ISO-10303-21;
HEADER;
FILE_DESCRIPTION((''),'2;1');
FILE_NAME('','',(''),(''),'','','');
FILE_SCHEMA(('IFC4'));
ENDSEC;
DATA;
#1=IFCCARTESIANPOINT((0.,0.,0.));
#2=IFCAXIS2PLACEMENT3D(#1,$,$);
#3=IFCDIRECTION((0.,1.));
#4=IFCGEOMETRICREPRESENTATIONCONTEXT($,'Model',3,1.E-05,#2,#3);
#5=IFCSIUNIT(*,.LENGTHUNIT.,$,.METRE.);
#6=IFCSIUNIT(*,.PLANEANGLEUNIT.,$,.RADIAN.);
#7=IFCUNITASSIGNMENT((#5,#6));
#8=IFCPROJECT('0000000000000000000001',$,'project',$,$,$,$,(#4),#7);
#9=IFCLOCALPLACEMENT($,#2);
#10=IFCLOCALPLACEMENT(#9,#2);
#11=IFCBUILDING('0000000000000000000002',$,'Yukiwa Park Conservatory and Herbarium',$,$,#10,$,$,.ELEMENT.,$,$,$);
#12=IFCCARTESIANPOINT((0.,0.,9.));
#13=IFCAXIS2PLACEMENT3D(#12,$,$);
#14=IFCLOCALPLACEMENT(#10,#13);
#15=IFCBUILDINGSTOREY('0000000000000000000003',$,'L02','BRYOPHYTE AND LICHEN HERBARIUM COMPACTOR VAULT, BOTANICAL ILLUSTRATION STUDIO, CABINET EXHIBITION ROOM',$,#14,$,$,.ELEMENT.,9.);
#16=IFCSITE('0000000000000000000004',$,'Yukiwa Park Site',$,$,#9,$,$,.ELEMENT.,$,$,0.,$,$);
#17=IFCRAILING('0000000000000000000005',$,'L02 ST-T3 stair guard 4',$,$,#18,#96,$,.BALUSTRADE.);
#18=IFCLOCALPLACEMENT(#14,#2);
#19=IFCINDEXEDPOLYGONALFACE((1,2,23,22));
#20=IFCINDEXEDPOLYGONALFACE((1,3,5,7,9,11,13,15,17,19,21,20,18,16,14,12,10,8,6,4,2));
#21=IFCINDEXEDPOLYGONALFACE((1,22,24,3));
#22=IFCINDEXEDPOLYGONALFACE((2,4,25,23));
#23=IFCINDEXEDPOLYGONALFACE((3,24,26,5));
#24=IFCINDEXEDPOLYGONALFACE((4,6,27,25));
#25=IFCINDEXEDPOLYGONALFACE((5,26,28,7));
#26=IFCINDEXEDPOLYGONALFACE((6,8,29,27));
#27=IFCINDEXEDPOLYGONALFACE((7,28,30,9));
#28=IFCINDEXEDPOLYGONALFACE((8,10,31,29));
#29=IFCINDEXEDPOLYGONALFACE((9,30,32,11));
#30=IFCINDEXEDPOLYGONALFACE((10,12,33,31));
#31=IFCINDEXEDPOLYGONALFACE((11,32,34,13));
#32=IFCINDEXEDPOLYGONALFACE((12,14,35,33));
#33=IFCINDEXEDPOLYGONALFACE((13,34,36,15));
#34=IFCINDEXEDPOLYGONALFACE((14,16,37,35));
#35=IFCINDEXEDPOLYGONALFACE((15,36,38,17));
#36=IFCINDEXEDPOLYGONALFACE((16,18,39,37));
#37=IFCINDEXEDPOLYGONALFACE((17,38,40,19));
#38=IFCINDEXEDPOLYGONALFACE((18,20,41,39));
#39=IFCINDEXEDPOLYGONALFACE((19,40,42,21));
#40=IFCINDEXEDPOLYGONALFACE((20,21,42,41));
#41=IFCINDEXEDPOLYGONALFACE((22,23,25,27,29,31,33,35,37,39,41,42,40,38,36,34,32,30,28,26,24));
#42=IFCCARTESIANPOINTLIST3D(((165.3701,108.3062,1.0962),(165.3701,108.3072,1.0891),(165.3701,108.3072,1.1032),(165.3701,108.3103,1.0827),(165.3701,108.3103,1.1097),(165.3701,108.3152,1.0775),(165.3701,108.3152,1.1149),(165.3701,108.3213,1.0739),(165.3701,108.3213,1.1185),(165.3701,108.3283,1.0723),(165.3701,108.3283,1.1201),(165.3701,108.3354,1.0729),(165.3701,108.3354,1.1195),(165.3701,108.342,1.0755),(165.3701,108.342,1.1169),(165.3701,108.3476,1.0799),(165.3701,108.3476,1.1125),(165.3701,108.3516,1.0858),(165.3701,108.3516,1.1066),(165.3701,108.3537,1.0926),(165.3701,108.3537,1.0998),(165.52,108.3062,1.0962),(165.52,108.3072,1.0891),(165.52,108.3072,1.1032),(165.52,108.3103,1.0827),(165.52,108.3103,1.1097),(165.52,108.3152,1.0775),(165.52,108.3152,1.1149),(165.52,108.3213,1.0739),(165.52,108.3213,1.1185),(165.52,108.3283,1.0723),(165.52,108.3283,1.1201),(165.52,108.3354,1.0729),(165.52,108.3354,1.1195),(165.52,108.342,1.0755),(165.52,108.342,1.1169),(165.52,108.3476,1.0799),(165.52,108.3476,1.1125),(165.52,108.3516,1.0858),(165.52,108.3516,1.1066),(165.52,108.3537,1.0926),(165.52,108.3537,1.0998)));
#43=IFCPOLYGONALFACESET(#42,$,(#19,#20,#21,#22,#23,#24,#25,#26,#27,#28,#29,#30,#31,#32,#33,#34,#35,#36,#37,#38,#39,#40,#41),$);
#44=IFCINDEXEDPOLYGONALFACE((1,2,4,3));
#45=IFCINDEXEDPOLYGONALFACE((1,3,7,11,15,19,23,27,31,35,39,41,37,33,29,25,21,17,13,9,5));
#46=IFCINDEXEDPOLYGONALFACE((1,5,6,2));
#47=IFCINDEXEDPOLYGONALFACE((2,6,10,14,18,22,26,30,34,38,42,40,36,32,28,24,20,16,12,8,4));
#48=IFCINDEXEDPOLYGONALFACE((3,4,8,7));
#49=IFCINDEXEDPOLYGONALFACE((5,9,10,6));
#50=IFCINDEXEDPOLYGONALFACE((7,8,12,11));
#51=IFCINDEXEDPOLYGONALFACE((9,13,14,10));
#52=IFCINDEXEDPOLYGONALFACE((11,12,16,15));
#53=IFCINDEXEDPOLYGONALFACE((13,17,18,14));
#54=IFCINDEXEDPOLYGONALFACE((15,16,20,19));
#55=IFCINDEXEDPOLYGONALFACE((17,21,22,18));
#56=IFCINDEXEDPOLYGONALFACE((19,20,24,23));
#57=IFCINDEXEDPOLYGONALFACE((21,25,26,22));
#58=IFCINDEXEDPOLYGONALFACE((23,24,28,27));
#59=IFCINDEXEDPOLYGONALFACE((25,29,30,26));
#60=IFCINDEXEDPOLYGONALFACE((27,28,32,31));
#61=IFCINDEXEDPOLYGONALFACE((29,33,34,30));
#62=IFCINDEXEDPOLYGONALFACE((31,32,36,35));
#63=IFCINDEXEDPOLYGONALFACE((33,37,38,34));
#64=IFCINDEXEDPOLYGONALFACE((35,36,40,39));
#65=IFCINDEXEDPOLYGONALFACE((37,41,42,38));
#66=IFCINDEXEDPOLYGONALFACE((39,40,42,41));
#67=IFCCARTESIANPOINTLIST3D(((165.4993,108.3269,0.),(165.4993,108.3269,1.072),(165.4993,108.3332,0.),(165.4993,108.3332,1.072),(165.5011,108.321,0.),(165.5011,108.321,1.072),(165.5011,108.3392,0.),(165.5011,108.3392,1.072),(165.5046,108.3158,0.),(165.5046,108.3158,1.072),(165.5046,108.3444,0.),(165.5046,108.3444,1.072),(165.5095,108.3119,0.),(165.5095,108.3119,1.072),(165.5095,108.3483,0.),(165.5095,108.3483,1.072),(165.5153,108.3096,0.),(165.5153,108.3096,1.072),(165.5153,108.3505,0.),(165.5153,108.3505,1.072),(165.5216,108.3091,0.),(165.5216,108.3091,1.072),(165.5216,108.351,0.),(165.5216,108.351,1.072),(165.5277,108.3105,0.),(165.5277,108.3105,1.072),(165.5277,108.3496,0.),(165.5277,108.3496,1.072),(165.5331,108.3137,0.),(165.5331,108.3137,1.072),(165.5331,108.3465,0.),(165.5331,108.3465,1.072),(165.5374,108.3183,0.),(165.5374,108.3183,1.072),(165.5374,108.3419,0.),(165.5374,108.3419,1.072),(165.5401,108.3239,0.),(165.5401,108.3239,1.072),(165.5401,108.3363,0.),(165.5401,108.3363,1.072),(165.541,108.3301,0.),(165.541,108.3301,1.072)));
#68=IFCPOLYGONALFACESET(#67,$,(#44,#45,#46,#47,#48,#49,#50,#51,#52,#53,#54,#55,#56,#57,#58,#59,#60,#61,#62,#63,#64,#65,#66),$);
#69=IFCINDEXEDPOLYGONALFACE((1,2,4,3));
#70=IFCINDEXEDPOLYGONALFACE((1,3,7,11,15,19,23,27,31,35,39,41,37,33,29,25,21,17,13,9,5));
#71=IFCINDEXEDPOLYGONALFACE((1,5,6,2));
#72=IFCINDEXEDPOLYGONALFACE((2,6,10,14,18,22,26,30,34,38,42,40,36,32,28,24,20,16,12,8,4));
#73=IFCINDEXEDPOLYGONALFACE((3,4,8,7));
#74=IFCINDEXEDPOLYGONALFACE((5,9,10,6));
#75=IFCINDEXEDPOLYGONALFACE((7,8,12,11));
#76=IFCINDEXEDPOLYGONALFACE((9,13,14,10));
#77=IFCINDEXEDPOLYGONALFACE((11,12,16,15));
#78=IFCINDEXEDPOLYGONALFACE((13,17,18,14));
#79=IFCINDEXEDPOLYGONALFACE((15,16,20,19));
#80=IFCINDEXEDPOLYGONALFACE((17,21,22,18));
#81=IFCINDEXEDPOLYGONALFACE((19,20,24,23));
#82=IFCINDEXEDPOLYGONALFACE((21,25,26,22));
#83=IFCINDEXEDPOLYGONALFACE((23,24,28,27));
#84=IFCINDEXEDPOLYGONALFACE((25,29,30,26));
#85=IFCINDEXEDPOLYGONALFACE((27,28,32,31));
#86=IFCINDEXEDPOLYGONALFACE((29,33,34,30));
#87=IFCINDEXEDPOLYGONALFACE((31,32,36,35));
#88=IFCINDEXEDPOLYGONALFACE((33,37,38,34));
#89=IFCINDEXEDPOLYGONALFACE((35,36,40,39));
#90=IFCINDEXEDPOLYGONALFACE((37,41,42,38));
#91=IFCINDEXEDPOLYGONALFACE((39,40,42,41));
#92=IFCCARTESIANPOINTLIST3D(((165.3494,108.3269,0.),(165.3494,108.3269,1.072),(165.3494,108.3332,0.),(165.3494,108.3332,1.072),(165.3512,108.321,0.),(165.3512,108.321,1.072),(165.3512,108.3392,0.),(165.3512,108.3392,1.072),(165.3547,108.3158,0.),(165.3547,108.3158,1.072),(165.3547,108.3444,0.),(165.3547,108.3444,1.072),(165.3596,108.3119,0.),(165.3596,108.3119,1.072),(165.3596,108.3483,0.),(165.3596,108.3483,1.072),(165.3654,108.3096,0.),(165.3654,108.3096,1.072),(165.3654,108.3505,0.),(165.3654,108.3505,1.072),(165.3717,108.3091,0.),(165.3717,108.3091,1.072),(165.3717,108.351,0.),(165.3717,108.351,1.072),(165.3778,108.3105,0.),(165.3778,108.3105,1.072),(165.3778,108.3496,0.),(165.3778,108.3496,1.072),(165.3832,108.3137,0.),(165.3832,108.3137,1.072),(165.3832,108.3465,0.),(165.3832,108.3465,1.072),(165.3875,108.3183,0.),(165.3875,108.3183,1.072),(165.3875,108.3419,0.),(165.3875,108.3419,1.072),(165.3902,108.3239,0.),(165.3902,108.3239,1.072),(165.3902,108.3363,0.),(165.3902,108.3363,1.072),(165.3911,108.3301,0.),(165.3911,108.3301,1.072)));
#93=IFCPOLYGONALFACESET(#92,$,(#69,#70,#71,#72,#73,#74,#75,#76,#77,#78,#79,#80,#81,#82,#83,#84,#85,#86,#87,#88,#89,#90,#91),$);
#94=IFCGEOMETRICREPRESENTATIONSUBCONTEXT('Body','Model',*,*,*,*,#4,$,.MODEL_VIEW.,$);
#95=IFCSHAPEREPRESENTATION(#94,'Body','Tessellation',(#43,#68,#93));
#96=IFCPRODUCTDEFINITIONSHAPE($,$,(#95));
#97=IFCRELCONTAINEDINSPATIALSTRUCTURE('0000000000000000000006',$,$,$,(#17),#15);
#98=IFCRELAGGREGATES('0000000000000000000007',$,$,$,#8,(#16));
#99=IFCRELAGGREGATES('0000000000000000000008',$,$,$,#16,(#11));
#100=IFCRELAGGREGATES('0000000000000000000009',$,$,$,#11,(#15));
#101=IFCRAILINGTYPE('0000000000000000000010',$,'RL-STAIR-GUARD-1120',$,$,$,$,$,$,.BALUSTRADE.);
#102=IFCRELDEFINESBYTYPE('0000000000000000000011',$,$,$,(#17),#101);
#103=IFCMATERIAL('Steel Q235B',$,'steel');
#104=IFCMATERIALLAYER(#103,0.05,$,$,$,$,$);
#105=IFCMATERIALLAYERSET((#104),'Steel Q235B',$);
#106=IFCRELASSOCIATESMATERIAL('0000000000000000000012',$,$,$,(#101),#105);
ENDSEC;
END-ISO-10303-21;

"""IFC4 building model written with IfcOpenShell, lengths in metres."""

from ifc_helpers import new_model, si_unit, direction, frame, origin, origin_2d, place, context, subcontext, project, spatial, circle, extrude, material, layer, layer_set, type_object, element, save


model = new_model("IFC4")

# Units and contexts
model_context = context("Model", 3, precision=1e-05, world=origin(), true_north=direction((0.0, 1.0)))
body_context = subcontext(model_context, "Body", "Model", "MODEL_VIEW")
ifc_project = project(units=[si_unit("LENGTHUNIT", "METRE"), si_unit("PLANEANGLEUNIT", "RADIAN")], contexts=[model_context])

# Site, building, storey
site_placement = place(None, origin())
site = spatial("IfcSite", under=ifc_project, at=site_placement, Name="Yukiwa Park Site", CompositionType="ELEMENT", RefElevation=0.0)
building_placement = place(site_placement, origin())
building = spatial("IfcBuilding", under=site, at=building_placement, Name="Yukiwa Park Conservatory and Herbarium", CompositionType="ELEMENT")
storey_placement = place(building_placement, frame((0.0, 0.0, 9.0)))
storey = spatial("IfcBuildingStorey", under=building, at=storey_placement, Name="L02", Description="BRYOPHYTE AND LICHEN HERBARIUM COMPACTOR VAULT, BOTANICAL ILLUSTRATION STUDIO, CABINET EXHIBITION ROOM", CompositionType="ELEMENT", Elevation=9.0)

# Railing
ifc_material_1 = material(Name="Steel Q235B", Category="steel")
ifc_layer_1 = layer(ifc_material_1, 0.05)
ifc_layer_set_1 = layer_set([ifc_layer_1], Name="Steel Q235B")
railing_type_1 = type_object("IfcRailingType", Name="RL-STAIR-GUARD-1120", PredefinedType="BALUSTRADE", material=ifc_layer_set_1)
railing_1_placement = place(storey_placement, frame((165.52, 108.3301, 0.0)))
element("IfcRailing", 1, at=railing_1_placement, inside=storey, type_object=railing_type_1, Name="L02 ST-T3 stair guard 4", PredefinedType="BALUSTRADE", context=body_context, shape_type="SweptSolid", body=[
    extrude(circle(Radius=0.0239, at=origin_2d()), frame((0.0, 0.0, 1.0962), z_axis=(-1.0, 0.0, 0.0), x_axis=(0.0, -1.0, 0.0)), (0.0, 0.0, 1.0), 0.1499),
    extrude(circle(Radius=0.021, at=origin_2d()), origin(), (0.0, 0.0, 1.0), 1.072),
    extrude(circle(Radius=0.021, at=origin_2d()), frame((-0.1499, 0.0, 0.0)), (0.0, 0.0, 1.0), 1.072),
])

save(model, "model.ifc")
